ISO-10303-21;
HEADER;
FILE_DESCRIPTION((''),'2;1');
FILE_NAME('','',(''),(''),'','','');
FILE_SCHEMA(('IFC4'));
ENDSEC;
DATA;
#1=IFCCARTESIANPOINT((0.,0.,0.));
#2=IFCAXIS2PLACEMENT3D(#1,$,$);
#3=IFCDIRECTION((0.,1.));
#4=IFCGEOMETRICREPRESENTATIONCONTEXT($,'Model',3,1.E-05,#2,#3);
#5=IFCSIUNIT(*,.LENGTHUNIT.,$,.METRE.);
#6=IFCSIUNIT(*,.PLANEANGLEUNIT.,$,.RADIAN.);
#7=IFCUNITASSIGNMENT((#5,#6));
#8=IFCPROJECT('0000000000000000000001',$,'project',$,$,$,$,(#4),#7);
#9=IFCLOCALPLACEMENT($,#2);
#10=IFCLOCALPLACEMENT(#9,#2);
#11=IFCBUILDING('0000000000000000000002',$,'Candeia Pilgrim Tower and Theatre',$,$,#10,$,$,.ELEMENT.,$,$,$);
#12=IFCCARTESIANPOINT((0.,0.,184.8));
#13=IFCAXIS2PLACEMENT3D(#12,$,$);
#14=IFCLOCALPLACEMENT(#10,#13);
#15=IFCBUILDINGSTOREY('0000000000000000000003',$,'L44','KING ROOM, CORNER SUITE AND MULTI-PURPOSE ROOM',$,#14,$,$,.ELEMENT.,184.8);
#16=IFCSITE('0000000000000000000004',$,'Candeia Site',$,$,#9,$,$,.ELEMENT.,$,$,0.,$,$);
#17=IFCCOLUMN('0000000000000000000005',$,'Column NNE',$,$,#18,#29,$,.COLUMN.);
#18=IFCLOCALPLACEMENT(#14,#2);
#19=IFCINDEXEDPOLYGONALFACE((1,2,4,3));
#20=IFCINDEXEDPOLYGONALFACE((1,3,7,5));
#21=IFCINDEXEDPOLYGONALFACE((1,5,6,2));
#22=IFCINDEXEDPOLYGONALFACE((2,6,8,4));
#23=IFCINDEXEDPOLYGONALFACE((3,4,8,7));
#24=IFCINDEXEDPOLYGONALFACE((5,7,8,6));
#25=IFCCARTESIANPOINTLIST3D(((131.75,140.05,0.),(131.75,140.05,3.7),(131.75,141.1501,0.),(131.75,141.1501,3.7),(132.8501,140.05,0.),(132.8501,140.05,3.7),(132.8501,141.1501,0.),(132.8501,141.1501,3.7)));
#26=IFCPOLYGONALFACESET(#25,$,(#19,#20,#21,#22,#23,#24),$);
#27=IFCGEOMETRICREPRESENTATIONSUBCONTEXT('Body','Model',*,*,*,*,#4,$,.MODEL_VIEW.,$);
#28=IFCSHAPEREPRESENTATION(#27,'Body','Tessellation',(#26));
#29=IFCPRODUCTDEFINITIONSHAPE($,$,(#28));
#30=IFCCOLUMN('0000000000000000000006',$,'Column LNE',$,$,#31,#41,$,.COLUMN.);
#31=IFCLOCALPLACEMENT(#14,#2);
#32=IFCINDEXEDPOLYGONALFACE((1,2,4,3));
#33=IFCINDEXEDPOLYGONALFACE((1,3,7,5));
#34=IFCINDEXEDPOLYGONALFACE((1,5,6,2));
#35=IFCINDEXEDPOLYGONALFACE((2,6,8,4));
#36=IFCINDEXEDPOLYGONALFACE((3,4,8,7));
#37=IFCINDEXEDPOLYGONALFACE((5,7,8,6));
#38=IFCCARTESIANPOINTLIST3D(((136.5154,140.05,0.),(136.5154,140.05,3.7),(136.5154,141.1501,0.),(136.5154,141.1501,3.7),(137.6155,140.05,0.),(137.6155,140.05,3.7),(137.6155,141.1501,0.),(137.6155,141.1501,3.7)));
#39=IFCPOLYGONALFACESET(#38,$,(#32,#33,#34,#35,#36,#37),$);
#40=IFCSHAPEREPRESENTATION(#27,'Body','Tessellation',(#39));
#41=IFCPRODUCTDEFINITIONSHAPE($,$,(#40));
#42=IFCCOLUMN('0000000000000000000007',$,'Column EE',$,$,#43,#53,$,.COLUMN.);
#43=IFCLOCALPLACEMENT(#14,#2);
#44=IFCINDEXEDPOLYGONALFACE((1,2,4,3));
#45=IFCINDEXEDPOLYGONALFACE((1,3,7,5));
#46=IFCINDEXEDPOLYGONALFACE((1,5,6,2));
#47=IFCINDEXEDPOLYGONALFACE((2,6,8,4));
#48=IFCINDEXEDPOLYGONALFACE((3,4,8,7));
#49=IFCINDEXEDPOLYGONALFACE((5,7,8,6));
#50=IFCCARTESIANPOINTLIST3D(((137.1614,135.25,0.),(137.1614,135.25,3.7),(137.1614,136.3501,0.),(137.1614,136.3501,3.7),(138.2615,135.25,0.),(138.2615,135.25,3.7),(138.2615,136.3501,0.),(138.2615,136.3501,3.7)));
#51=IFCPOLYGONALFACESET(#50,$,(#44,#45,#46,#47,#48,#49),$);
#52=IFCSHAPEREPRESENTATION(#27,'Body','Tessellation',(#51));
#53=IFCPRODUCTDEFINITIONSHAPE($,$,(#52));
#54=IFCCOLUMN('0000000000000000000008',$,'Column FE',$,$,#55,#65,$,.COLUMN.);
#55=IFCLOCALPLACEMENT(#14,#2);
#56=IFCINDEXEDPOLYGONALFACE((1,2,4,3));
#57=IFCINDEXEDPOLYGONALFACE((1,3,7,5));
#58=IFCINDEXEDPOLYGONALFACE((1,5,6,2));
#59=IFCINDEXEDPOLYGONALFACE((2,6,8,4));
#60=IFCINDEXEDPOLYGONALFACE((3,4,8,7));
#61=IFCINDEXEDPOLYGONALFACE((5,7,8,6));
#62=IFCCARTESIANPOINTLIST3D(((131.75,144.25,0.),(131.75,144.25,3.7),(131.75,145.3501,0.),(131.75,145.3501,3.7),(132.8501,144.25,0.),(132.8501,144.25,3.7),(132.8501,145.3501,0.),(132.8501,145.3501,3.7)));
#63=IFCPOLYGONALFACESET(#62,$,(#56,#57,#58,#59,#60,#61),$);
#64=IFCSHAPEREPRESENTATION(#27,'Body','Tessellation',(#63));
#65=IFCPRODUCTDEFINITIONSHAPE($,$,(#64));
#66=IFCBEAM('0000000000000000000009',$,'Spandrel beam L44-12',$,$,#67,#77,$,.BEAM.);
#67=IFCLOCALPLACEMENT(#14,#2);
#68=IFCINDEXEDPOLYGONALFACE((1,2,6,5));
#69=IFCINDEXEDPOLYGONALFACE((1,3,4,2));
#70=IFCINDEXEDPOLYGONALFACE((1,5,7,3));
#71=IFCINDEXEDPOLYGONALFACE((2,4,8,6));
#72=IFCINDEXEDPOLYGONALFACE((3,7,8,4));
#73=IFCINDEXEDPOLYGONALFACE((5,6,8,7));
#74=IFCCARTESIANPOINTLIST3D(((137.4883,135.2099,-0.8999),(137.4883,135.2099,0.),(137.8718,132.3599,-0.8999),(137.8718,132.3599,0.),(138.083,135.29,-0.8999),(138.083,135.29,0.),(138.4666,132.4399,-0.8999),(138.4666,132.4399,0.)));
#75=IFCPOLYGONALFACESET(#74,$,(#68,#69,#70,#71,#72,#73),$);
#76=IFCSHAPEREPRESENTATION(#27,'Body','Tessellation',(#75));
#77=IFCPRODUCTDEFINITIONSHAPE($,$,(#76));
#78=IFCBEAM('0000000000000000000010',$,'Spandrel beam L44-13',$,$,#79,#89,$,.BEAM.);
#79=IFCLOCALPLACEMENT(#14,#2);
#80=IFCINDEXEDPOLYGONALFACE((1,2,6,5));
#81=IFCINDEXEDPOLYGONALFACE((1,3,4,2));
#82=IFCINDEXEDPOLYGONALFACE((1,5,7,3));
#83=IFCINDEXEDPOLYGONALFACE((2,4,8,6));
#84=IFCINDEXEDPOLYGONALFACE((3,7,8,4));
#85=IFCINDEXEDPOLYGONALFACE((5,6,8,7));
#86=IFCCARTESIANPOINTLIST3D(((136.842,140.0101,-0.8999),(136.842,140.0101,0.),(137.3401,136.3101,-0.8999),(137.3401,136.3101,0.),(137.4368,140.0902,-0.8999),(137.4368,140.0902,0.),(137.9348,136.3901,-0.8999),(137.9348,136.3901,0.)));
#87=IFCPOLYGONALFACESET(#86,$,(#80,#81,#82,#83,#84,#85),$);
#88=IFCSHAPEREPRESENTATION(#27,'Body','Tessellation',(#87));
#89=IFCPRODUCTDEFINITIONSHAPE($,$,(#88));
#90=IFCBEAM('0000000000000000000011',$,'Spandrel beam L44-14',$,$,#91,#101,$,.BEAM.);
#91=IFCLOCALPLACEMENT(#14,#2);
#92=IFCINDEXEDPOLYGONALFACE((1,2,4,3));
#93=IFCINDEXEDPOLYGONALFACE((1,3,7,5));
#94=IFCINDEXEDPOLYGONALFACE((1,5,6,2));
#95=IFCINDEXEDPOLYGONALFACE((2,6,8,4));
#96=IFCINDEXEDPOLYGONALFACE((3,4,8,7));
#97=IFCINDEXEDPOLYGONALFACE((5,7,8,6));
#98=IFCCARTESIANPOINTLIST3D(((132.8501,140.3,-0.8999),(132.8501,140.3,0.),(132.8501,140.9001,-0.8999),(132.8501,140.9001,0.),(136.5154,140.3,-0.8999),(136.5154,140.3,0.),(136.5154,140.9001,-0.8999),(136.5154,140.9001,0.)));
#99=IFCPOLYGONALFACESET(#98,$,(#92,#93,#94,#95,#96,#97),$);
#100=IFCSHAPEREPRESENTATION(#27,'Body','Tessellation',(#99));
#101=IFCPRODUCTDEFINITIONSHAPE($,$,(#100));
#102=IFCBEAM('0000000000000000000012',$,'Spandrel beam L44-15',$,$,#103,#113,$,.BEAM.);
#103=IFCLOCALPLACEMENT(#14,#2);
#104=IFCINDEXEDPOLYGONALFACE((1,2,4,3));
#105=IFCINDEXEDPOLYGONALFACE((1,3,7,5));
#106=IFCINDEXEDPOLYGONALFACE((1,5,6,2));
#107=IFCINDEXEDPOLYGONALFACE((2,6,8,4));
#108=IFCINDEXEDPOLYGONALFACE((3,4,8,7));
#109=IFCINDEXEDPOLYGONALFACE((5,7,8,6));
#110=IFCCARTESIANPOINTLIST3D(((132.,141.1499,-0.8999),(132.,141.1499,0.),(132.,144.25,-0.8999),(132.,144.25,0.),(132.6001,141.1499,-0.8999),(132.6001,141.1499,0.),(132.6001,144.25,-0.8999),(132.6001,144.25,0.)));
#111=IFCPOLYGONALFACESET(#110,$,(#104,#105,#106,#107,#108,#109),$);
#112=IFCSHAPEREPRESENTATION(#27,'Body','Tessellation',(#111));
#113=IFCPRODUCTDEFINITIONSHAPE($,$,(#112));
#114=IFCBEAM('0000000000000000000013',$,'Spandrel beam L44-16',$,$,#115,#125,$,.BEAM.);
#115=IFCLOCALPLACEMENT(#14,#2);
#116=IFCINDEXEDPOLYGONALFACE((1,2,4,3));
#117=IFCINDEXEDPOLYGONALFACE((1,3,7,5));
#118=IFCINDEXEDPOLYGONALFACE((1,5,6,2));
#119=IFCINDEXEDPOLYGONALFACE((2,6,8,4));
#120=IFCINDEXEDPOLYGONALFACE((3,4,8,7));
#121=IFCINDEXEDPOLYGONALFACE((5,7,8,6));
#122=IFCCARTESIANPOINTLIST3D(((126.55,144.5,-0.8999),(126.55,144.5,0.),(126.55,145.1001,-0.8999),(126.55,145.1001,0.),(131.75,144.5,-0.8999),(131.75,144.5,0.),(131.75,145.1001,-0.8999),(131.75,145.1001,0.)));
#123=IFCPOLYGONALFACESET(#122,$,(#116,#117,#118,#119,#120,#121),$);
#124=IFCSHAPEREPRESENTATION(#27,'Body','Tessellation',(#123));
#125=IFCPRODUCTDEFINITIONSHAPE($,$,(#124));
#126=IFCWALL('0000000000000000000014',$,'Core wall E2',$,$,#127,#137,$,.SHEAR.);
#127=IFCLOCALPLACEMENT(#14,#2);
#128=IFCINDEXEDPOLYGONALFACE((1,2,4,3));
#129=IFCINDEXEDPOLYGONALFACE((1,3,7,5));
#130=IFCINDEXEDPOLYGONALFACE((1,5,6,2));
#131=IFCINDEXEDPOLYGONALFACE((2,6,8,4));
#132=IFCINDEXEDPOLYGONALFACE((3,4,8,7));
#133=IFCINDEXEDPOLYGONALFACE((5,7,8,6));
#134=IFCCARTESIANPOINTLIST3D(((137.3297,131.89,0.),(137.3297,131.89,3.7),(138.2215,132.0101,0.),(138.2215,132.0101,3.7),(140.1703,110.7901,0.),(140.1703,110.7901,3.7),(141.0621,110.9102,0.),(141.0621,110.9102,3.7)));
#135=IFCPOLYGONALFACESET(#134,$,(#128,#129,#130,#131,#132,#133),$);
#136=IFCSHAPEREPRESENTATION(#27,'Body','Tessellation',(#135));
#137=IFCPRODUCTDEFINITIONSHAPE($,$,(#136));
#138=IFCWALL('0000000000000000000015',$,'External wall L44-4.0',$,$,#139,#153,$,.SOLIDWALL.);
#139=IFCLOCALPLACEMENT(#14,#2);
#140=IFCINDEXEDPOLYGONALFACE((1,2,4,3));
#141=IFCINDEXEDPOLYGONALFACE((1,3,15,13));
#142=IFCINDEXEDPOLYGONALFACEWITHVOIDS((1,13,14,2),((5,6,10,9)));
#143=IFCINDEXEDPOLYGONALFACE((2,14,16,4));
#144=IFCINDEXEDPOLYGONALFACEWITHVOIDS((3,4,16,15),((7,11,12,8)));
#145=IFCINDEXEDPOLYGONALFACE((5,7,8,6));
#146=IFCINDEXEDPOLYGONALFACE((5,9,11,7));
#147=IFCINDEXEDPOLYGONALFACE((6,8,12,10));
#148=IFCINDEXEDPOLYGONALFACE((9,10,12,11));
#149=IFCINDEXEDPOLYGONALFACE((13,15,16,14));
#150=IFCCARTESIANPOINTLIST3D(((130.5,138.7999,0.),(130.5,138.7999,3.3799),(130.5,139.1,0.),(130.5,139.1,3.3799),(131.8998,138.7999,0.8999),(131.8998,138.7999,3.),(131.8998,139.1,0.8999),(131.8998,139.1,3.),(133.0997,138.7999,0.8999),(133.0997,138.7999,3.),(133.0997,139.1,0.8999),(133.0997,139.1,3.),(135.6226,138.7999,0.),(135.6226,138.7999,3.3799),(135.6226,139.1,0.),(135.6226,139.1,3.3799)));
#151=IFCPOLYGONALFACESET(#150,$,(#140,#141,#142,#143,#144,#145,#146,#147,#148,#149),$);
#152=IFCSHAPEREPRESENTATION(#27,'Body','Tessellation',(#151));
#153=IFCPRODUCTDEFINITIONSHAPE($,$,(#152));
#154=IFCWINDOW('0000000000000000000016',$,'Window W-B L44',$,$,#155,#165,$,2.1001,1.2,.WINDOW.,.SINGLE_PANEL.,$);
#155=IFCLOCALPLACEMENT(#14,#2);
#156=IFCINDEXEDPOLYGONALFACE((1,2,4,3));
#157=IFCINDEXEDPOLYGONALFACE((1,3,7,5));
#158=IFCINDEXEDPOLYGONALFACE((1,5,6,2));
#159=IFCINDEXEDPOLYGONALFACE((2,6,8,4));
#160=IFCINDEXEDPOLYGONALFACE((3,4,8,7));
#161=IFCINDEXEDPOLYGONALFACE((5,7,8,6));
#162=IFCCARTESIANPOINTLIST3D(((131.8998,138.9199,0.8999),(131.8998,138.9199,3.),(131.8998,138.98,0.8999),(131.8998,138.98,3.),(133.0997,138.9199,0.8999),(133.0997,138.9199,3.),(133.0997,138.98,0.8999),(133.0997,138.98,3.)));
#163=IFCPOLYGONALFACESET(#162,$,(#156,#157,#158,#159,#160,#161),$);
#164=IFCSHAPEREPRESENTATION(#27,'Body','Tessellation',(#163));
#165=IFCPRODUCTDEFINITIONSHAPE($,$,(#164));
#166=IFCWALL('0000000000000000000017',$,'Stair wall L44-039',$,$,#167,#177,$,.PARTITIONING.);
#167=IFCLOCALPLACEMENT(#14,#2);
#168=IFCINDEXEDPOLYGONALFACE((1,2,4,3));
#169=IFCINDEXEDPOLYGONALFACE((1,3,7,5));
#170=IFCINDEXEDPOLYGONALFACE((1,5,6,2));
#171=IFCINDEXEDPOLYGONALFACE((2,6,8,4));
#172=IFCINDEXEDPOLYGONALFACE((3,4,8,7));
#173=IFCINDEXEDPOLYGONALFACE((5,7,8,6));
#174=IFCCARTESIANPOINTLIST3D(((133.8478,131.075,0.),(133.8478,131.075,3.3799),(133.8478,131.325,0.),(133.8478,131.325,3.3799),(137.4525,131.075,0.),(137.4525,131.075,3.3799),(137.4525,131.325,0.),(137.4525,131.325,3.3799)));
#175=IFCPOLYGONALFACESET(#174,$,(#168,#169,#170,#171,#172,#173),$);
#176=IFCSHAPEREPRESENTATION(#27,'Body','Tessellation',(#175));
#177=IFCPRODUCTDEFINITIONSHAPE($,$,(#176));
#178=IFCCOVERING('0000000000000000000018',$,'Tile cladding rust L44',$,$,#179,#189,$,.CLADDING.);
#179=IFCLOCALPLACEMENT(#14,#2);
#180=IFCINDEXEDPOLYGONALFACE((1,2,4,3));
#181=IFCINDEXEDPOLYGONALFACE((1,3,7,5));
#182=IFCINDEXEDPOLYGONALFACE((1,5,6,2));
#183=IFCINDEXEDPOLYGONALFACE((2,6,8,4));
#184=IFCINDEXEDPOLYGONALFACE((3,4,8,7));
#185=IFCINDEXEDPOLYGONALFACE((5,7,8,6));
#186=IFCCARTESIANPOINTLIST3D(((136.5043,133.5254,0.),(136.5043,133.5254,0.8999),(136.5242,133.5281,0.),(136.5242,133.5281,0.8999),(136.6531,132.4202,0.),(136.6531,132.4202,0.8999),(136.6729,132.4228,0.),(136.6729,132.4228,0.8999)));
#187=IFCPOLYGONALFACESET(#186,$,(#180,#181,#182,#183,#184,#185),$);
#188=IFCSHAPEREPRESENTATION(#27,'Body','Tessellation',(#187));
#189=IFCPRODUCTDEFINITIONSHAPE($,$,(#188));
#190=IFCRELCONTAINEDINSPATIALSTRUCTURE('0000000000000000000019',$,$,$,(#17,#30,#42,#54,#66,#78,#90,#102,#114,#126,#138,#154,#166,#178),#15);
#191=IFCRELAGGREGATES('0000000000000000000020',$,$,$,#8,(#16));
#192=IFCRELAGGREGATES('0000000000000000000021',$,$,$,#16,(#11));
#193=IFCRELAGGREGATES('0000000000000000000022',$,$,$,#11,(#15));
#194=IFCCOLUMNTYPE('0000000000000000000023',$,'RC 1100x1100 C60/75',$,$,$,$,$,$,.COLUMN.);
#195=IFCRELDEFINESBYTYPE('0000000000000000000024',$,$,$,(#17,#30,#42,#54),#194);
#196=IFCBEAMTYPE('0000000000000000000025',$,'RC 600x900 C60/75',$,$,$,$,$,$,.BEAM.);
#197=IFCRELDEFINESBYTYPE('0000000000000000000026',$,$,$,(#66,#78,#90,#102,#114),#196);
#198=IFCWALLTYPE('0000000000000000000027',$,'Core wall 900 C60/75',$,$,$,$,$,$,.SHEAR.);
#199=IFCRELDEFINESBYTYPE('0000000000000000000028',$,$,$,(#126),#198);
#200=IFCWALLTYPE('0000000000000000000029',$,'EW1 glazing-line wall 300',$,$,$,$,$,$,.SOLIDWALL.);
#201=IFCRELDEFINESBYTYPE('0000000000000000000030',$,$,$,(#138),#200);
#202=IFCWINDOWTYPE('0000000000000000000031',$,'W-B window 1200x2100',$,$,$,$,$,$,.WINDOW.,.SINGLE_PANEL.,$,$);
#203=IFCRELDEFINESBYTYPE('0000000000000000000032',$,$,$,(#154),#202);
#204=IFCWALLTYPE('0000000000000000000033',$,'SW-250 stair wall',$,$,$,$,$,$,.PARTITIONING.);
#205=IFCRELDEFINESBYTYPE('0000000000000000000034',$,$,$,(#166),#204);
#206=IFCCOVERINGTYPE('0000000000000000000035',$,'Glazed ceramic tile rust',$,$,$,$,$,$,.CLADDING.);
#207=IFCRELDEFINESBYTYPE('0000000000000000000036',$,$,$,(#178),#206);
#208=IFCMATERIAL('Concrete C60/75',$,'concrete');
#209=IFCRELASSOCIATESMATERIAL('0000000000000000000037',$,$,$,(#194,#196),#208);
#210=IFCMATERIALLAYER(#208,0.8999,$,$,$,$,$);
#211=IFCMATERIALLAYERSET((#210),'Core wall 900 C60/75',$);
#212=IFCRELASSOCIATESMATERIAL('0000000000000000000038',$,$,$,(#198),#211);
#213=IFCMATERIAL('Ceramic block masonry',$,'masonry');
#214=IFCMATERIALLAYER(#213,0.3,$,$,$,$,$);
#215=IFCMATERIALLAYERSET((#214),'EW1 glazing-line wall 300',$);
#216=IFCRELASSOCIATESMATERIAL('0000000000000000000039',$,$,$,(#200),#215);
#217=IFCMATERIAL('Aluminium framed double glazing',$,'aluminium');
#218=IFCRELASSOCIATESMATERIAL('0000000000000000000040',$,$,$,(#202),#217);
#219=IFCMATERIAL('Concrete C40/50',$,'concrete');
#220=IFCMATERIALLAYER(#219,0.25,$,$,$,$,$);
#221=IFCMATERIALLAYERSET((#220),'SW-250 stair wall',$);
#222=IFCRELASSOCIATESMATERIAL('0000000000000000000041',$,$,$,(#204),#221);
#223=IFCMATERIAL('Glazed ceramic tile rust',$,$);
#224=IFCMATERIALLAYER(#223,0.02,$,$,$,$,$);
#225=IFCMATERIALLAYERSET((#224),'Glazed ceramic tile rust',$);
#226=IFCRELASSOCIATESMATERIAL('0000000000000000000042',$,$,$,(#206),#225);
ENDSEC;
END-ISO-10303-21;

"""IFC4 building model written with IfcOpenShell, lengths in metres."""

from ifc_helpers import new_model, si_unit, direction, frame, frame_2d, origin, origin_2d, place, context, subcontext, project, spatial, rectangle, extrude, material, layer, layer_set, material_profile, profile_set, type_object, element, fill, save


model = new_model("IFC4")

# Units and contexts
model_context = context("Model", 3, precision=1e-05, world=origin(), true_north=direction((0.0, 1.0)))
body_context = subcontext(model_context, "Body", "Model", "MODEL_VIEW")
ifc_project = project(units=[si_unit("LENGTHUNIT", "METRE"), si_unit("PLANEANGLEUNIT", "RADIAN")], contexts=[model_context])

# Site, building, storey
site_placement = place(None, origin())
site = spatial("IfcSite", under=ifc_project, at=site_placement, Name="Candeia Site", CompositionType="ELEMENT", RefElevation=0.0)
building_placement = place(site_placement, origin())
building = spatial("IfcBuilding", under=site, at=building_placement, Name="Candeia Pilgrim Tower and Theatre", CompositionType="ELEMENT")
storey_placement = place(building_placement, frame((0.0, 0.0, 184.8)))
storey = spatial("IfcBuildingStorey", under=building, at=storey_placement, Name="L44", Description="KING ROOM, CORNER SUITE AND MULTI-PURPOSE ROOM", CompositionType="ELEMENT", Elevation=184.8)

# Columns
ifc_material_1 = material(Name="Concrete C60/75", Category="concrete")
ifc_material_profile_1 = material_profile(ifc_material_1, rectangle(XDim=1.1001, YDim=1.1001, at=origin_2d()))
ifc_profile_set_1 = profile_set([ifc_material_profile_1], Name="Concrete C60/75")
column_type = type_object("IfcColumnType", Name="RC 1100x1100 C60/75", PredefinedType="COLUMN", material=ifc_profile_set_1)
for number, where, z_axis, x_axis, name in (
    (1, (132.3, 140.6001, 0.0), (0.0, 0.0, 1.0), (1.0, 0.0, 0.0), "Column NNE"),
    (2, (137.0654, 140.6001, 0.0), (0.0, 0.0, 1.0), (1.0, 0.0, 0.0), "Column LNE"),
    (3, (137.7114, 135.8, 0.0), (0.0, 0.0, 1.0), (1.0, 0.0, 0.0), "Column EE"),
    (4, (132.3, 144.8, 0.0), (0.0, 0.0, 1.0), (1.0, 0.0, 0.0), "Column FE"),
):
    element("IfcColumn", number, at=place(storey_placement, frame(where, z_axis=z_axis, x_axis=x_axis)), inside=storey, type_object=column_type, Name=name, PredefinedType="COLUMN", context=body_context, shape_type="SweptSolid", body=[
        extrude(rectangle(XDim=1.1001, YDim=1.1001, at=origin_2d()), origin(), (0.0, 0.0, 1.0), 3.7),
    ])

# Beams
ifc_material_profile_2 = material_profile(ifc_material_1, rectangle(XDim=0.6001, YDim=0.8999, at=origin_2d()))
ifc_profile_set_2 = profile_set([ifc_material_profile_2], Name="Concrete C60/75")
beam_type = type_object("IfcBeamType", Name="RC 600x900 C60/75", PredefinedType="BEAM", material=ifc_profile_set_2)
beam_1_placement = place(storey_placement, frame((138.1692, 132.3999, -0.45), z_axis=(-0.13337, 0.991066, 0.0), x_axis=(-0.991066, -0.13337, 0.0)))
element("IfcBeam", 5, at=beam_1_placement, inside=storey, type_object=beam_type, Name="Spandrel beam L44-12", PredefinedType="BEAM", context=body_context, shape_type="SweptSolid", body=[
    extrude(rectangle(XDim=0.6001, YDim=0.8999, at=origin_2d()), origin(), (0.0, 0.0, 1.0), 2.8757),
])
beam_2_placement = place(storey_placement, frame((137.6375, 136.3501, -0.45), z_axis=(-0.133406, 0.991061, 0.0), x_axis=(-0.991061, -0.133406, 0.0)))
element("IfcBeam", 6, at=beam_2_placement, inside=storey, type_object=beam_type, Name="Spandrel beam L44-13", PredefinedType="BEAM", context=body_context, shape_type="SweptSolid", body=[
    extrude(rectangle(XDim=0.6001, YDim=0.8999, at=origin_2d()), origin(), (0.0, 0.0, 1.0), 3.7334),
])
beam_3_placement = place(storey_placement, frame((136.5154, 140.6001, -0.45), z_axis=(-1.0, 0.0, 0.0), x_axis=(0.0, -1.0, 0.0)))
element("IfcBeam", 7, at=beam_3_placement, inside=storey, type_object=beam_type, Name="Spandrel beam L44-14", PredefinedType="BEAM", context=body_context, shape_type="SweptSolid", body=[
    extrude(rectangle(XDim=0.6001, YDim=0.8999, at=origin_2d()), origin(), (0.0, 0.0, 1.0), 3.6653),
])
beam_4_placement = place(storey_placement, frame((132.3, 141.1499, -0.45), z_axis=(0.0, 1.0, 0.0), x_axis=(-1.0, 0.0, 0.0)))
element("IfcBeam", 8, at=beam_4_placement, inside=storey, type_object=beam_type, Name="Spandrel beam L44-15", PredefinedType="BEAM", context=body_context, shape_type="SweptSolid", body=[
    extrude(rectangle(XDim=0.6001, YDim=0.8999, at=origin_2d()), origin(), (0.0, 0.0, 1.0), 3.1001),
])
beam_5_placement = place(storey_placement, frame((131.75, 144.8, -0.45), z_axis=(-1.0, 0.0, 0.0), x_axis=(0.0, -1.0, 0.0)))
element("IfcBeam", 9, at=beam_5_placement, inside=storey, type_object=beam_type, Name="Spandrel beam L44-16", PredefinedType="BEAM", context=body_context, shape_type="SweptSolid", body=[
    extrude(rectangle(XDim=0.6001, YDim=0.8999, at=origin_2d()), origin(), (0.0, 0.0, 1.0), 5.2),
])

# Wall
ifc_layer_1 = layer(ifc_material_1, 0.8999)
ifc_layer_set_1 = layer_set([ifc_layer_1], Name="Core wall 900 C60/75")
wall_type_1 = type_object("IfcWallType", Name="Core wall 900 C60/75", PredefinedType="SHEAR", material=ifc_layer_set_1)
wall_1_placement = place(storey_placement, frame((137.7756, 131.95, 0.0), z_axis=(0.0, 0.0, 1.0), x_axis=(0.133422, -0.991059, 0.0)))
element("IfcWall", 10, at=wall_1_placement, inside=storey, type_object=wall_type_1, Name="Core wall E2", PredefinedType="SHEAR", context=body_context, shape_type="SweptSolid", body=[
    extrude(rectangle(XDim=21.2903, YDim=0.8999, at=frame_2d((10.645, 0.0))), origin(), (0.0, 0.0, 1.0), 3.7),
])

# Shared definitions
ifc_material_2 = material(Name="Ceramic block masonry", Category="masonry")
ifc_layer_2 = layer(ifc_material_2, 0.3)
ifc_layer_set_2 = layer_set([ifc_layer_2], Name="EW1 glazing-line wall 300")
wall_type_2 = type_object("IfcWallType", Name="EW1 glazing-line wall 300", PredefinedType="SOLIDWALL", material=ifc_layer_set_2)
ifc_material_3 = material(Name="Aluminium framed double glazing", Category="aluminium")

# Wall, opening, window
wall_2_placement = place(storey_placement, frame((135.6226, 138.95, 0.0), z_axis=(0.0, 0.0, 1.0), x_axis=(-1.0, 0.0, 0.0)))
wall_2 = element("IfcWall", 11, at=wall_2_placement, inside=storey, type_object=wall_type_2, Name="External wall L44-4.0", PredefinedType="SOLIDWALL", context=body_context, shape_type="SweptSolid", body=[
    extrude(rectangle(XDim=5.1226, YDim=0.3, at=frame_2d((2.5613, 0.0))), origin(), (0.0, 0.0, 1.0), 3.3799),
])
opening_1_placement = place(wall_2_placement, frame((2.5227, 0.0, 0.8999)))
opening_1 = element("IfcOpeningElement", 12, at=opening_1_placement, cuts=wall_2, PredefinedType="OPENING", context=body_context, shape_type="SweptSolid", body=[
    extrude(rectangle(XDim=1.2, YDim=2.1001, at=frame_2d((0.6001, 1.05))), frame((0.0, 0.1602, 0.0), z_axis=(0.0, -1.0, 0.0), x_axis=(1.0, 0.0, 0.0)), (0.0, 0.0, 1.0), 0.3201),
])
window_type_1 = type_object("IfcWindowType", Name="W-B window 1200x2100", PartitioningType="SINGLE_PANEL", PredefinedType="WINDOW", material=ifc_material_3)
window_1_placement = place(opening_1_placement, origin())
window_1 = element("IfcWindow", 13, at=window_1_placement, inside=storey, type_object=window_type_1, Name="Window W-B L44", OverallHeight=2.1001, OverallWidth=1.2, PartitioningType="SINGLE_PANEL", PredefinedType="WINDOW", context=body_context, shape_type="SweptSolid", body=[
    extrude(rectangle(XDim=1.2, YDim=2.1001, at=frame_2d((0.6001, 1.05))), frame((0.0, 0.03, 0.0), z_axis=(0.0, -1.0, 0.0), x_axis=(1.0, 0.0, 0.0)), (0.0, 0.0, 1.0), 0.0601),
])
fill(opening_1, window_1)

# Wall
ifc_material_4 = material(Name="Concrete C40/50", Category="concrete")
ifc_layer_3 = layer(ifc_material_4, 0.25)
ifc_layer_set_3 = layer_set([ifc_layer_3], Name="SW-250 stair wall")
wall_type_3 = type_object("IfcWallType", Name="SW-250 stair wall", PredefinedType="PARTITIONING", material=ifc_layer_set_3)
wall_3_placement = place(storey_placement, frame((133.8479, 131.2, 0.0), z_axis=(0.0, 0.0, 1.0), x_axis=(1.0, 0.0, 0.0)))
element("IfcWall", 14, at=wall_3_placement, inside=storey, type_object=wall_type_3, Name="Stair wall L44-039", PredefinedType="PARTITIONING", context=body_context, shape_type="SweptSolid", body=[
    extrude(rectangle(XDim=3.6047, YDim=0.25, at=frame_2d((1.8022, 0.0))), origin(), (0.0, 0.0, 1.0), 3.3799),
])

# Covering
ifc_material_5 = material(Name="Glazed ceramic tile rust")
ifc_layer_4 = layer(ifc_material_5, 0.02)
ifc_layer_set_4 = layer_set([ifc_layer_4], Name="Glazed ceramic tile rust")
covering_type = type_object("IfcCoveringType", Name="Glazed ceramic tile rust", PredefinedType="CLADDING", material=ifc_layer_set_4)
covering_1_placement = place(storey_placement, frame((136.5886, 132.9741, 0.0), z_axis=(0.0, 0.0, 1.0), x_axis=(-0.133412, 0.991061, 0.0)))
element("IfcCovering", 15, at=covering_1_placement, inside=storey, type_object=covering_type, Name="Tile cladding rust L44", PredefinedType="CLADDING", context=body_context, shape_type="SweptSolid", body=[
    extrude(rectangle(XDim=1.1152, YDim=0.02, at=origin_2d()), origin(), (0.0, 0.0, 1.0), 0.8999),
])

save(model, "model.ifc")
